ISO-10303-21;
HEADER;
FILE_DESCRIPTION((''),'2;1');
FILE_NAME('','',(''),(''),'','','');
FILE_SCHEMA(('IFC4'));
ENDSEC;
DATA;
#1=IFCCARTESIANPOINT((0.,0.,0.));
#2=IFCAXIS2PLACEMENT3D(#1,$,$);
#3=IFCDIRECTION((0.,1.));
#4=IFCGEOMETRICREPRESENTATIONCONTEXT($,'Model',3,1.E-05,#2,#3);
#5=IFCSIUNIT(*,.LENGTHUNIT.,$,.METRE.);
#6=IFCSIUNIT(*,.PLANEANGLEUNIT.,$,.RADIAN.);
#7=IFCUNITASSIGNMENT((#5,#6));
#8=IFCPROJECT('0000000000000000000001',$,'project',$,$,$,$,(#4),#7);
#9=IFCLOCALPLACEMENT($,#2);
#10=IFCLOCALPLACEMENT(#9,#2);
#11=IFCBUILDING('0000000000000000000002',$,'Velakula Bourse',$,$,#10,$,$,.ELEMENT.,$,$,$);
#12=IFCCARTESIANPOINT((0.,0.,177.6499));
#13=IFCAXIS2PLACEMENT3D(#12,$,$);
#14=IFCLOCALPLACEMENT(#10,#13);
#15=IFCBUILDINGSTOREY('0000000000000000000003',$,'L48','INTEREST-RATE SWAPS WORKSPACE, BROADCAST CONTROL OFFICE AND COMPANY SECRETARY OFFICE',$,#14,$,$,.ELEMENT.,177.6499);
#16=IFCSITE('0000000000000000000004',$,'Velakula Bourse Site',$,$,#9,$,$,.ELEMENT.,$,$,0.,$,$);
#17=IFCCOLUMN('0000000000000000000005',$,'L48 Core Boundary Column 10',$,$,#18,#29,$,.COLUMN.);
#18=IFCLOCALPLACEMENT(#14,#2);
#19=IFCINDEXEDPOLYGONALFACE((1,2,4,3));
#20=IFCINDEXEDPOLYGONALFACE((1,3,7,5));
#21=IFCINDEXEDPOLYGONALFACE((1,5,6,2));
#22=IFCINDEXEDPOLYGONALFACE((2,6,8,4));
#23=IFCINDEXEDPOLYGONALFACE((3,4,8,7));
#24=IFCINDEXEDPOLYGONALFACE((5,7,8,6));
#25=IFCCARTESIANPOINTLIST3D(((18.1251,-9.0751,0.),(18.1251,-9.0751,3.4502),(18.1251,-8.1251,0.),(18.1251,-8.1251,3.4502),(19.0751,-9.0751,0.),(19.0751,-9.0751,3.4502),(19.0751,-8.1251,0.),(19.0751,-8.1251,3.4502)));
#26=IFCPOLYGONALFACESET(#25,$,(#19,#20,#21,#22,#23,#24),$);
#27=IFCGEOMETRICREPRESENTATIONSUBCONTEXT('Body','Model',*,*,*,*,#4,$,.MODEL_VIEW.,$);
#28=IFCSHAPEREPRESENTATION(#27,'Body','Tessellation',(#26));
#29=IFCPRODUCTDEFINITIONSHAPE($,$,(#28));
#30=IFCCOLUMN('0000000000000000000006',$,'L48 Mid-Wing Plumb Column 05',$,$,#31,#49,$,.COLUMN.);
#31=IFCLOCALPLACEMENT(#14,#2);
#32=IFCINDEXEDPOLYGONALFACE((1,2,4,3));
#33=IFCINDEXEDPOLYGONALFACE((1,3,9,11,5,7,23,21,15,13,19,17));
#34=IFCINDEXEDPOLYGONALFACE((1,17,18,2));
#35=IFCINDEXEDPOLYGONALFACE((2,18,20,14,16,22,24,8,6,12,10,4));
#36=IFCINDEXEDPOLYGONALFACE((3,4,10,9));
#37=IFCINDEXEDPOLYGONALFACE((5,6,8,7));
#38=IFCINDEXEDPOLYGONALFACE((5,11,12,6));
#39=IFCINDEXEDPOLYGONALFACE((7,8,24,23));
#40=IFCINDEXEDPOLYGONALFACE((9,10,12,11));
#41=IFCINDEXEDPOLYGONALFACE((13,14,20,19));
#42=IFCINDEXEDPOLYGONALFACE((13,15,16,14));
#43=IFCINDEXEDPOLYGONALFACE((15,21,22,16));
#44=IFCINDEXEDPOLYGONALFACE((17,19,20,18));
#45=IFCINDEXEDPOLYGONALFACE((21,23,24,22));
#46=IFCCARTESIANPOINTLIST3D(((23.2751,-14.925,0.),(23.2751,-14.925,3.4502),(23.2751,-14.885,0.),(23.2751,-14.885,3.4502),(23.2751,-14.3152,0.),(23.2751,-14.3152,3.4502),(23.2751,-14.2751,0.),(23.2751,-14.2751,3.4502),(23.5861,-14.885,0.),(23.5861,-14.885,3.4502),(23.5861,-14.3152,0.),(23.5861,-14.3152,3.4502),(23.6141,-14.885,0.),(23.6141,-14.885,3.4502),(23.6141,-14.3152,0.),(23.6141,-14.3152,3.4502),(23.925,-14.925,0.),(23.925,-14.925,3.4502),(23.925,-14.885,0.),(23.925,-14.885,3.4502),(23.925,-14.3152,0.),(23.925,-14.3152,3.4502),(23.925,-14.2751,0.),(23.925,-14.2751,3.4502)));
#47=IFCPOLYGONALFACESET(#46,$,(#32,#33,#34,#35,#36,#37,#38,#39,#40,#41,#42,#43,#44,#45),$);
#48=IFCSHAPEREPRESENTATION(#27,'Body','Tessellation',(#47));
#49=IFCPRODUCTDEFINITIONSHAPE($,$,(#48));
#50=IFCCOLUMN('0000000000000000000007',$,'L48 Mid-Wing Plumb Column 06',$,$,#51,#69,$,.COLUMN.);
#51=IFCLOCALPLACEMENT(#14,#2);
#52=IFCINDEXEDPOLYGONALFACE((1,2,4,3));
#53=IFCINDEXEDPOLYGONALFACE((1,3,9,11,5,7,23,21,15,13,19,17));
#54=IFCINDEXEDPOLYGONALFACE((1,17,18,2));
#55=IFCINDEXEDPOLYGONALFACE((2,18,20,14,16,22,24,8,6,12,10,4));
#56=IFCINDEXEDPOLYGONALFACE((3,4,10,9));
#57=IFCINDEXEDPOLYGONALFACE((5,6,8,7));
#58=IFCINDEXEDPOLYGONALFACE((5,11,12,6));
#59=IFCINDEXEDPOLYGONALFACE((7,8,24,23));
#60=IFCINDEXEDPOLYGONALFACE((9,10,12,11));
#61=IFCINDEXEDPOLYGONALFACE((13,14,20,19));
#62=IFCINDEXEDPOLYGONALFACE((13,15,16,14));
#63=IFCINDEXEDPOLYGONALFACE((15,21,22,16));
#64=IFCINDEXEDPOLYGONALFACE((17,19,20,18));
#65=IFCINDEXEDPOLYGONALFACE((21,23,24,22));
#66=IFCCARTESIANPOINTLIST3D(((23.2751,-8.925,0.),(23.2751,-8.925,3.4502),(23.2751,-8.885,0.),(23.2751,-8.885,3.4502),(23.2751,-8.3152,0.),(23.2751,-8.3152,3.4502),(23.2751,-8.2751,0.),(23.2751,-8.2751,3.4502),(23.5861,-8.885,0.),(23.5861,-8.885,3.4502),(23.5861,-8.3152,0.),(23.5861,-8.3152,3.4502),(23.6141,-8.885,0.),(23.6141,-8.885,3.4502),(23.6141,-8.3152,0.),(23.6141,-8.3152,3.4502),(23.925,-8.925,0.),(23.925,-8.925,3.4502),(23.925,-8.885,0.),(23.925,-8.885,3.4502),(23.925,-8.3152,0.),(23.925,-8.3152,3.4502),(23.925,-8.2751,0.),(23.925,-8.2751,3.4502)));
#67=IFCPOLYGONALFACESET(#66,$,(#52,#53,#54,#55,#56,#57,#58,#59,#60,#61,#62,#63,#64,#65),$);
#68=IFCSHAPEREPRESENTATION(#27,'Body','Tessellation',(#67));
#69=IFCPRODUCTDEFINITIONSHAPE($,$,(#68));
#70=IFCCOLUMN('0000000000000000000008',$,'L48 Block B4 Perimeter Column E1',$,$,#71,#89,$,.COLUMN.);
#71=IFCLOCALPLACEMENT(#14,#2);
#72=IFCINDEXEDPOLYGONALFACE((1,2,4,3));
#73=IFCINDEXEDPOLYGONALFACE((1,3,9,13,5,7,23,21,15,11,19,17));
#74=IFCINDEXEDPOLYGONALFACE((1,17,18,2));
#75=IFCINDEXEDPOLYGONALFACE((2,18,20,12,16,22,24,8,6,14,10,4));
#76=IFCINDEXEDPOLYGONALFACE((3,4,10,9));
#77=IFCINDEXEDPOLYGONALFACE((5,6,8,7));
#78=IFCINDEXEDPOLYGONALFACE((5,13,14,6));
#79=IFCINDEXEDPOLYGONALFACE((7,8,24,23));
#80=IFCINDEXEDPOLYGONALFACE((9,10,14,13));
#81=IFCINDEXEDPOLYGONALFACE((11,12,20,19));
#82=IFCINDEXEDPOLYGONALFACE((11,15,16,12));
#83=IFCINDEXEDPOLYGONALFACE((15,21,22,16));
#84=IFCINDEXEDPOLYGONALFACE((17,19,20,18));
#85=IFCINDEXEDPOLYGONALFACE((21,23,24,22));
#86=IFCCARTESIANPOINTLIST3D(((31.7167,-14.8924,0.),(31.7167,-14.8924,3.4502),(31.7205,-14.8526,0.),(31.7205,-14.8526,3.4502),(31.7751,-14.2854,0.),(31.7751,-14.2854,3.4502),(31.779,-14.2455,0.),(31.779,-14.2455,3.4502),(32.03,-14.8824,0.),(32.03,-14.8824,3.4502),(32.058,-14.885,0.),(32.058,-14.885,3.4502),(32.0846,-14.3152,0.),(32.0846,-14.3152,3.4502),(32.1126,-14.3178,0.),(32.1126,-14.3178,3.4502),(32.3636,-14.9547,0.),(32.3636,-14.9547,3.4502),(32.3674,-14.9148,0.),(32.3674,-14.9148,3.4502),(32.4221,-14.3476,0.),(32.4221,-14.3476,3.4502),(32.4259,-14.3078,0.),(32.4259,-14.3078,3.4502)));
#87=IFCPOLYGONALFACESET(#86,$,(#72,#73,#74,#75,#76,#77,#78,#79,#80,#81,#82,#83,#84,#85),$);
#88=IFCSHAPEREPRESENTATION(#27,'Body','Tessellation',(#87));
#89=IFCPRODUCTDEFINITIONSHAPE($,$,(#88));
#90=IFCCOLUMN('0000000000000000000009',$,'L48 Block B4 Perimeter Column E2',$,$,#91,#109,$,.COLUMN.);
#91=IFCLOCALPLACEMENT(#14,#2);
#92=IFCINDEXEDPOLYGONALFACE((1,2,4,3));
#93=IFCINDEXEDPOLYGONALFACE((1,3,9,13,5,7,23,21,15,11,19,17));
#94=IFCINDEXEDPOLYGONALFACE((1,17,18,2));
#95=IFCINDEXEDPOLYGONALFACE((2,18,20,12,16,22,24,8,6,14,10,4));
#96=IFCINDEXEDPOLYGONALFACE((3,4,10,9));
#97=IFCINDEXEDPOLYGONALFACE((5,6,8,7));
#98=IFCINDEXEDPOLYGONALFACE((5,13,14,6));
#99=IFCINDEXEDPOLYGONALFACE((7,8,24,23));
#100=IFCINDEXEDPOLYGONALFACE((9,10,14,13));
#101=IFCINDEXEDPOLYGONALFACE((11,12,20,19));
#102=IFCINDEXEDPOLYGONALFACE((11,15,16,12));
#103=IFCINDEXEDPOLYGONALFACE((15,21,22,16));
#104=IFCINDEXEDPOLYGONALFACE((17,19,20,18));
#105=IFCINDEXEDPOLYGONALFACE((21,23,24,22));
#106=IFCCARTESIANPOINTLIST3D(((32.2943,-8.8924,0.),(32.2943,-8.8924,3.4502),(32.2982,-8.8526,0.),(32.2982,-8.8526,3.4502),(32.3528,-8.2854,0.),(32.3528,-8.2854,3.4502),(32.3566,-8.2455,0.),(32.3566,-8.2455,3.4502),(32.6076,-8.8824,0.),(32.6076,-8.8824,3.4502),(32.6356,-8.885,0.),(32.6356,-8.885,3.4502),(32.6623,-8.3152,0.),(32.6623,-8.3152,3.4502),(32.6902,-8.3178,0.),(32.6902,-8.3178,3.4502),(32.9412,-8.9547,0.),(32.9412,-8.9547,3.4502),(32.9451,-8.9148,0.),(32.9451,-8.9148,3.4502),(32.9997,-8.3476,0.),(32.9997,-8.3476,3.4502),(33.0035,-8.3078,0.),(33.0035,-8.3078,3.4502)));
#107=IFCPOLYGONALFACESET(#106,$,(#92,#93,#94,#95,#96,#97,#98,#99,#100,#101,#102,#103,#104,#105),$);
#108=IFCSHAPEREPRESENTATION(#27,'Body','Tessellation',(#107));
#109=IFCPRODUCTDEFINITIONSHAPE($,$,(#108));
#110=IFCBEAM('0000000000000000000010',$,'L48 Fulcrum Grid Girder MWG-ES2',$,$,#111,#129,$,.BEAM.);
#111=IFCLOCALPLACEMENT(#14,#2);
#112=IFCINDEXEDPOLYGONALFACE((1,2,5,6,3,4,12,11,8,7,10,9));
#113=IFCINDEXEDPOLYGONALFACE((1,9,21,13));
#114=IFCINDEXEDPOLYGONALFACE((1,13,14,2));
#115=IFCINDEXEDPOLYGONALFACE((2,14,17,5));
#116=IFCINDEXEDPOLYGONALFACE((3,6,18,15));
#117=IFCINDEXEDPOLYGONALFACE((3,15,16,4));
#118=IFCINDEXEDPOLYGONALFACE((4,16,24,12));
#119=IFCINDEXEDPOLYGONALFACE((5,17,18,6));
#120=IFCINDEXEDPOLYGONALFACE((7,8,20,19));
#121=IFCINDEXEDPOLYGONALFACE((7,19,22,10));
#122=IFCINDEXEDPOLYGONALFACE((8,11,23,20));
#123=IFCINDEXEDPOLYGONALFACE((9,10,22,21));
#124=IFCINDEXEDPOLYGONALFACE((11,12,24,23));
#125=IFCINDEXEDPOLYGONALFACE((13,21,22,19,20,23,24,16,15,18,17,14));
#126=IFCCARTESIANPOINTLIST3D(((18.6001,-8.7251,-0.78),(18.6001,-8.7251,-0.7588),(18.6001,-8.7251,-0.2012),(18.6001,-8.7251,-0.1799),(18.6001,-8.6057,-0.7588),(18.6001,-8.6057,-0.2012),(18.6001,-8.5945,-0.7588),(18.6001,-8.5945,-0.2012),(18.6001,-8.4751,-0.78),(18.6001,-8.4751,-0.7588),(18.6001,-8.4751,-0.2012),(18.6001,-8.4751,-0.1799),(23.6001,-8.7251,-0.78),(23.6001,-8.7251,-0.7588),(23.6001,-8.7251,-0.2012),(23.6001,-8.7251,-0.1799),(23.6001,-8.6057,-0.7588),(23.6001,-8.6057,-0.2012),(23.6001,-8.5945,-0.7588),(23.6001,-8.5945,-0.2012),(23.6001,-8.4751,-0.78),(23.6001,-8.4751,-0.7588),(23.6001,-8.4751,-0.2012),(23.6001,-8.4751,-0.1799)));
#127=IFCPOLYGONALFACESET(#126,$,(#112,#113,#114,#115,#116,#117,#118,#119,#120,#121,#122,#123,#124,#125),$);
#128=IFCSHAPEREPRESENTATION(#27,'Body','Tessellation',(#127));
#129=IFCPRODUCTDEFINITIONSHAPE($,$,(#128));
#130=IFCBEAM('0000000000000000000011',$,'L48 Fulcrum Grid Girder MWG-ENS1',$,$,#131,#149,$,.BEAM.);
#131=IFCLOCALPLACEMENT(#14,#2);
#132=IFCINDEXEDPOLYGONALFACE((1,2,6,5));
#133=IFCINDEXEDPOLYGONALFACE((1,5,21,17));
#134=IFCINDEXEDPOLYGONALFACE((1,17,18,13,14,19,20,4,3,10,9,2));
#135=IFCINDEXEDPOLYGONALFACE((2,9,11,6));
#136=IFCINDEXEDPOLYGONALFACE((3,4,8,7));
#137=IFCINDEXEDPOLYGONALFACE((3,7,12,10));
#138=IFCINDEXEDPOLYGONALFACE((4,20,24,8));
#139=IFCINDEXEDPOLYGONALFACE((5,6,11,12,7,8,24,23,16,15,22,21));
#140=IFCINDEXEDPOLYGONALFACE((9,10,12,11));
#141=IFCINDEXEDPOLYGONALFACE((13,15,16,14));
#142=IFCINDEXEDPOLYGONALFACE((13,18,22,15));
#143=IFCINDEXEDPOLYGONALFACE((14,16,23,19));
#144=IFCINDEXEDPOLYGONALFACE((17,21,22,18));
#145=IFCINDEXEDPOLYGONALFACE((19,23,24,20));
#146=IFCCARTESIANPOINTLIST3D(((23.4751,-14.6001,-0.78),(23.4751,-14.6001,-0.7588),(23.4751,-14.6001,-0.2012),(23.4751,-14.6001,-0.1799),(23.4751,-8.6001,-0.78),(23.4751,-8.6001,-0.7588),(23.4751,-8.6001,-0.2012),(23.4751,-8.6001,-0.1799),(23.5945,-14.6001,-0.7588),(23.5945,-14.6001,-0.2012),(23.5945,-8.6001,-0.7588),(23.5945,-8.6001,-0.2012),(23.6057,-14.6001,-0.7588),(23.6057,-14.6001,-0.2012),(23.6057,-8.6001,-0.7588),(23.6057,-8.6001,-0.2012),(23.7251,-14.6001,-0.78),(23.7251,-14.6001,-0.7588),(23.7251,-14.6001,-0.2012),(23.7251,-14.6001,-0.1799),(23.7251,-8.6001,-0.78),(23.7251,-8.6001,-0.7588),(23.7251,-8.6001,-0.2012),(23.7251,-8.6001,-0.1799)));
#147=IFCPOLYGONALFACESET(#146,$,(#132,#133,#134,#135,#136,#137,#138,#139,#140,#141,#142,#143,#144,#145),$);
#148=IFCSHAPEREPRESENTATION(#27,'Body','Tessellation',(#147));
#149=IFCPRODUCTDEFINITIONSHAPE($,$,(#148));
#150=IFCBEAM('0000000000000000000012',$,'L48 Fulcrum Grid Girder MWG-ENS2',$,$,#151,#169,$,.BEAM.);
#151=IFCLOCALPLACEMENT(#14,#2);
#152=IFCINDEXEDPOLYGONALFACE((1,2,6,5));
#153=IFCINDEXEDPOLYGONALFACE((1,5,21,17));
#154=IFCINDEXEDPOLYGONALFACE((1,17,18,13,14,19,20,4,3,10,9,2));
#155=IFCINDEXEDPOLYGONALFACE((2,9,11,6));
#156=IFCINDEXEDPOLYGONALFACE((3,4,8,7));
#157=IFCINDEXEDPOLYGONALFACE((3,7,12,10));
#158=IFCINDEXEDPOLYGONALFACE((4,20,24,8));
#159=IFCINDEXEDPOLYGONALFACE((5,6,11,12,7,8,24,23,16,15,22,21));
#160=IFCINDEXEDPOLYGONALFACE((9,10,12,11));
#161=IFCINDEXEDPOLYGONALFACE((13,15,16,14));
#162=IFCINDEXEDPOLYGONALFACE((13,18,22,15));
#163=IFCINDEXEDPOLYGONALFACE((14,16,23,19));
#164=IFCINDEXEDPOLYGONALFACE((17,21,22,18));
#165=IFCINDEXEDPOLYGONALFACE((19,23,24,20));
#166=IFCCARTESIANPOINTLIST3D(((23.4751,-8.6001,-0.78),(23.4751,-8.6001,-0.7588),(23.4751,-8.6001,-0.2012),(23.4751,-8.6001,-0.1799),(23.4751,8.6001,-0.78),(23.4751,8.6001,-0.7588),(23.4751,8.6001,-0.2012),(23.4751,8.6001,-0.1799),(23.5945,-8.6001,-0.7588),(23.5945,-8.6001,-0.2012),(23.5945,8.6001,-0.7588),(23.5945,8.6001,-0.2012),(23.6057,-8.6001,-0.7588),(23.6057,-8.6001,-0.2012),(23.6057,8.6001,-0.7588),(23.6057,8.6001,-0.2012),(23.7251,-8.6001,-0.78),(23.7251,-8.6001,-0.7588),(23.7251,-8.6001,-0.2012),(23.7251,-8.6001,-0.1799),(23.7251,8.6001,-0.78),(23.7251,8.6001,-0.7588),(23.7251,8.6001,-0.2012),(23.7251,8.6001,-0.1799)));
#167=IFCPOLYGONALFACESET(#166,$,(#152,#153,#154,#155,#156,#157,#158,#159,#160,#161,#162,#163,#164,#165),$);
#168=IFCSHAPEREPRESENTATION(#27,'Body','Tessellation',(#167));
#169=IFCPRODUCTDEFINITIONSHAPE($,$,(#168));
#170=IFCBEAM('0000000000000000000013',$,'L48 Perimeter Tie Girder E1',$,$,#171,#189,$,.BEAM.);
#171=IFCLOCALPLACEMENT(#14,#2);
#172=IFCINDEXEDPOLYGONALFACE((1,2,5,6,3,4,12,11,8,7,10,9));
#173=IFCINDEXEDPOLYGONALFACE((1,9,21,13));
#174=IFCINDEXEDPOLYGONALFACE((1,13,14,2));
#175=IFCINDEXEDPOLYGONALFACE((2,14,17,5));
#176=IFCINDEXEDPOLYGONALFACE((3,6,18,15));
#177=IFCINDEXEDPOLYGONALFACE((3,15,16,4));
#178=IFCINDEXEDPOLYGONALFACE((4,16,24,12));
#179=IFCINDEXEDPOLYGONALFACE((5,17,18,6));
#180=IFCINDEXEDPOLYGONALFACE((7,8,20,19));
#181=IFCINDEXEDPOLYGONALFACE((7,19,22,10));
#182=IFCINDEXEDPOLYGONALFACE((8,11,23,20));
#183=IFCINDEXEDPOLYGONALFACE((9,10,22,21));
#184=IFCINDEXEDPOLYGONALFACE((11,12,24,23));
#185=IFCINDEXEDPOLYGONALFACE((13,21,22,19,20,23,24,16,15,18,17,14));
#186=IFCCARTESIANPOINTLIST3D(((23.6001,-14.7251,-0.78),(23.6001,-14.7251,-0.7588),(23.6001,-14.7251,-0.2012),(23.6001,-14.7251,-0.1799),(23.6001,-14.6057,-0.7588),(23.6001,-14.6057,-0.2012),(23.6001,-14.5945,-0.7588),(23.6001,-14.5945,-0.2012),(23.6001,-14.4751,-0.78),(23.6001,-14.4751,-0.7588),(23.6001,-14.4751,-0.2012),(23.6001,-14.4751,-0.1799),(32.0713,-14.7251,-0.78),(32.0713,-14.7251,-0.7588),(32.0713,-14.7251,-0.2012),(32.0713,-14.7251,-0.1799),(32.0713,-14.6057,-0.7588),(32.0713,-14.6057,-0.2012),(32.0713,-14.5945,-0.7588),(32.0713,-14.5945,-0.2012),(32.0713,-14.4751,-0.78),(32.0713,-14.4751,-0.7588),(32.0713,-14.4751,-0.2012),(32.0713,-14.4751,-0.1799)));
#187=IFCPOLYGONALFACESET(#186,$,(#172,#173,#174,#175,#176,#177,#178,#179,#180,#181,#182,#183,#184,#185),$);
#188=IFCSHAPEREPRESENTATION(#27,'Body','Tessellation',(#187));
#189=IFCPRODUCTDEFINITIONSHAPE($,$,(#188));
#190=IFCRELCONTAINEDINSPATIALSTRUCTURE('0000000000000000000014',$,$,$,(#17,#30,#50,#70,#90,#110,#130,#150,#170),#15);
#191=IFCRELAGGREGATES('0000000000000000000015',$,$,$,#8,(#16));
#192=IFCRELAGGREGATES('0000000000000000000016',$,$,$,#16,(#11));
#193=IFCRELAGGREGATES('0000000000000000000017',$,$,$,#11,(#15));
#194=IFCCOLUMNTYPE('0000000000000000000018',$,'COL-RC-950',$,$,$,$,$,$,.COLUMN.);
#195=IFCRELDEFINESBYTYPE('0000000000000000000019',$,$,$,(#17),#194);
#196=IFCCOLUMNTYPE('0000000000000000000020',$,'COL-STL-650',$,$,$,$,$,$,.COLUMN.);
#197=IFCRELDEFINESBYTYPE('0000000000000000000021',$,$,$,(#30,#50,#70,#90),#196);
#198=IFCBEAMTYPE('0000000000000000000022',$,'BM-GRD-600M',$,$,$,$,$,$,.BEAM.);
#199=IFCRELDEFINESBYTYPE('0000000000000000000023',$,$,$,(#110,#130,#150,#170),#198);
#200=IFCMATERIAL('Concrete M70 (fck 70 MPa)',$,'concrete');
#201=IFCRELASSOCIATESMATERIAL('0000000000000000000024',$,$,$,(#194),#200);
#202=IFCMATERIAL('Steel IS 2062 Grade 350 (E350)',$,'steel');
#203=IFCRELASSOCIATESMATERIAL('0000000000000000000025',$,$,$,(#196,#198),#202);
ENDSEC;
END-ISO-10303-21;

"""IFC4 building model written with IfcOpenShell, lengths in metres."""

from ifc_helpers import new_model, si_unit, direction, frame, origin, origin_2d, place, context, subcontext, project, spatial, rectangle, i_section, extrude, material, material_profile, profile_set, type_object, element, save


model = new_model("IFC4")

# Units and contexts
model_context = context("Model", 3, precision=1e-05, world=origin(), true_north=direction((0.0, 1.0)))
body_context = subcontext(model_context, "Body", "Model", "MODEL_VIEW")
ifc_project = project(units=[si_unit("LENGTHUNIT", "METRE"), si_unit("PLANEANGLEUNIT", "RADIAN")], contexts=[model_context])

# Site, building, storey
site_placement = place(None, origin())
site = spatial("IfcSite", under=ifc_project, at=site_placement, Name="Velakula Bourse Site", CompositionType="ELEMENT", RefElevation=0.0)
building_placement = place(site_placement, origin())
building = spatial("IfcBuilding", under=site, at=building_placement, Name="Velakula Bourse", CompositionType="ELEMENT")
storey_placement = place(building_placement, frame((0.0, 0.0, 177.6499)))
storey = spatial("IfcBuildingStorey", under=building, at=storey_placement, Name="L48", Description="INTEREST-RATE SWAPS WORKSPACE, BROADCAST CONTROL OFFICE AND COMPANY SECRETARY OFFICE", CompositionType="ELEMENT", Elevation=177.6499)

# Columns
ifc_material_1 = material(Name="Concrete M70 (fck 70 MPa)", Category="concrete")
ifc_material_profile_1 = material_profile(ifc_material_1, rectangle(XDim=0.95, YDim=0.95, at=origin_2d()), Name="Concrete M70 (fck 70 MPa)")
ifc_profile_set_1 = profile_set([ifc_material_profile_1], Name="Concrete M70 (fck 70 MPa)")
column_type_1 = type_object("IfcColumnType", Name="COL-RC-950", PredefinedType="COLUMN", material=ifc_profile_set_1)
column_placement = place(storey_placement, frame((18.6001, -8.6001, 0.0), z_axis=(0.0, 0.0, 1.0), x_axis=(1.0, 0.0, 0.0)))
element("IfcColumn", 1, at=column_placement, inside=storey, type_object=column_type_1, Name="L48 Core Boundary Column 10", PredefinedType="COLUMN", context=body_context, shape_type="SweptSolid", body=[
    extrude(rectangle(XDim=0.95, YDim=0.95, at=origin_2d()), origin(), (0.0, 0.0, 1.0), 3.4502),
])
ifc_material_2 = material(Name="Steel IS 2062 Grade 350 (E350)", Category="steel")
ifc_material_profile_2 = material_profile(ifc_material_2, i_section(OverallWidth=0.6499, OverallDepth=0.6499, WebThickness=0.0281, FlangeThickness=0.04, at=origin_2d()), Name="Steel IS 2062 Grade 350 (E350)")
ifc_profile_set_2 = profile_set([ifc_material_profile_2], Name="Steel IS 2062 Grade 350 (E350)")
column_type_2 = type_object("IfcColumnType", Name="COL-STL-650", PredefinedType="COLUMN", material=ifc_profile_set_2)
for number, where, z_axis, x_axis, name in (
    (2, (23.6001, -14.6001, 0.0), (0.0, 0.0, 1.0), (1.0, 0.0, 0.0), "L48 Mid-Wing Plumb Column 05"),
    (3, (23.6001, -8.6001, 0.0), (0.0, 0.0, 1.0), (1.0, 0.0, 0.0), "L48 Mid-Wing Plumb Column 06"),
    (4, (32.0713, -14.6001, 0.0), (0.0, 0.0, 1.0), (0.995396, -0.095846, 0.0), "L48 Block B4 Perimeter Column E1"),
    (5, (32.6489, -8.6001, 0.0), (0.0, 0.0, 1.0), (0.995396, -0.095846, 0.0), "L48 Block B4 Perimeter Column E2"),
):
    element("IfcColumn", number, at=place(storey_placement, frame(where, z_axis=z_axis, x_axis=x_axis)), inside=storey, type_object=column_type_2, Name=name, PredefinedType="COLUMN", context=body_context, shape_type="SweptSolid", body=[
        extrude(i_section(OverallWidth=0.6499, OverallDepth=0.6499, WebThickness=0.0281, FlangeThickness=0.04, at=origin_2d()), origin(), (0.0, 0.0, 1.0), 3.4502),
    ])

# Beams
ifc_material_profile_3 = material_profile(ifc_material_2, i_section(OverallWidth=0.25, OverallDepth=0.6001, WebThickness=0.0112, FlangeThickness=0.0212, at=origin_2d()), Name="Steel IS 2062 Grade 350 (E350)")
ifc_profile_set_3 = profile_set([ifc_material_profile_3], Name="Steel IS 2062 Grade 350 (E350)")
beam_type_1 = type_object("IfcBeamType", Name="BM-GRD-600M", PredefinedType="BEAM", material=ifc_profile_set_3)
beam_1_placement = place(storey_placement, frame((18.6001, -8.6001, -0.48), z_axis=(1.0, 0.0, 0.0), x_axis=(0.0, 1.0, 0.0)))
element("IfcBeam", 6, at=beam_1_placement, inside=storey, type_object=beam_type_1, Name="L48 Fulcrum Grid Girder MWG-ES2", PredefinedType="BEAM", context=body_context, shape_type="SweptSolid", body=[
    extrude(i_section(OverallWidth=0.25, OverallDepth=0.6001, WebThickness=0.0112, FlangeThickness=0.0212, at=origin_2d()), origin(), (0.0, 0.0, 1.0), 5.0),
])
beam_2_placement = place(storey_placement, frame((23.6001, -14.6001, -0.48), z_axis=(0.0, 1.0, 0.0), x_axis=(-1.0, 0.0, 0.0)))
element("IfcBeam", 7, at=beam_2_placement, inside=storey, type_object=beam_type_1, Name="L48 Fulcrum Grid Girder MWG-ENS1", PredefinedType="BEAM", context=body_context, shape_type="SweptSolid", body=[
    extrude(i_section(OverallWidth=0.25, OverallDepth=0.6001, WebThickness=0.0112, FlangeThickness=0.0212, at=origin_2d()), origin(), (0.0, 0.0, 1.0), 6.0),
])
beam_3_placement = place(storey_placement, frame((23.6001, -8.6001, -0.48), z_axis=(0.0, 1.0, 0.0), x_axis=(-1.0, 0.0, 0.0)))
element("IfcBeam", 8, at=beam_3_placement, inside=storey, type_object=beam_type_1, Name="L48 Fulcrum Grid Girder MWG-ENS2", PredefinedType="BEAM", context=body_context, shape_type="SweptSolid", body=[
    extrude(i_section(OverallWidth=0.25, OverallDepth=0.6001, WebThickness=0.0112, FlangeThickness=0.0212, at=origin_2d()), origin(), (0.0, 0.0, 1.0), 17.2002),
])
beam_4_placement = place(storey_placement, frame((23.6001, -14.6001, -0.48), z_axis=(1.0, 0.0, 0.0), x_axis=(0.0, 1.0, 0.0)))
element("IfcBeam", 9, at=beam_4_placement, inside=storey, type_object=beam_type_1, Name="L48 Perimeter Tie Girder E1", PredefinedType="BEAM", context=body_context, shape_type="SweptSolid", body=[
    extrude(i_section(OverallWidth=0.25, OverallDepth=0.6001, WebThickness=0.0112, FlangeThickness=0.0212, at=origin_2d()), origin(), (0.0, 0.0, 1.0), 8.4712),
])

save(model, "model.ifc")
